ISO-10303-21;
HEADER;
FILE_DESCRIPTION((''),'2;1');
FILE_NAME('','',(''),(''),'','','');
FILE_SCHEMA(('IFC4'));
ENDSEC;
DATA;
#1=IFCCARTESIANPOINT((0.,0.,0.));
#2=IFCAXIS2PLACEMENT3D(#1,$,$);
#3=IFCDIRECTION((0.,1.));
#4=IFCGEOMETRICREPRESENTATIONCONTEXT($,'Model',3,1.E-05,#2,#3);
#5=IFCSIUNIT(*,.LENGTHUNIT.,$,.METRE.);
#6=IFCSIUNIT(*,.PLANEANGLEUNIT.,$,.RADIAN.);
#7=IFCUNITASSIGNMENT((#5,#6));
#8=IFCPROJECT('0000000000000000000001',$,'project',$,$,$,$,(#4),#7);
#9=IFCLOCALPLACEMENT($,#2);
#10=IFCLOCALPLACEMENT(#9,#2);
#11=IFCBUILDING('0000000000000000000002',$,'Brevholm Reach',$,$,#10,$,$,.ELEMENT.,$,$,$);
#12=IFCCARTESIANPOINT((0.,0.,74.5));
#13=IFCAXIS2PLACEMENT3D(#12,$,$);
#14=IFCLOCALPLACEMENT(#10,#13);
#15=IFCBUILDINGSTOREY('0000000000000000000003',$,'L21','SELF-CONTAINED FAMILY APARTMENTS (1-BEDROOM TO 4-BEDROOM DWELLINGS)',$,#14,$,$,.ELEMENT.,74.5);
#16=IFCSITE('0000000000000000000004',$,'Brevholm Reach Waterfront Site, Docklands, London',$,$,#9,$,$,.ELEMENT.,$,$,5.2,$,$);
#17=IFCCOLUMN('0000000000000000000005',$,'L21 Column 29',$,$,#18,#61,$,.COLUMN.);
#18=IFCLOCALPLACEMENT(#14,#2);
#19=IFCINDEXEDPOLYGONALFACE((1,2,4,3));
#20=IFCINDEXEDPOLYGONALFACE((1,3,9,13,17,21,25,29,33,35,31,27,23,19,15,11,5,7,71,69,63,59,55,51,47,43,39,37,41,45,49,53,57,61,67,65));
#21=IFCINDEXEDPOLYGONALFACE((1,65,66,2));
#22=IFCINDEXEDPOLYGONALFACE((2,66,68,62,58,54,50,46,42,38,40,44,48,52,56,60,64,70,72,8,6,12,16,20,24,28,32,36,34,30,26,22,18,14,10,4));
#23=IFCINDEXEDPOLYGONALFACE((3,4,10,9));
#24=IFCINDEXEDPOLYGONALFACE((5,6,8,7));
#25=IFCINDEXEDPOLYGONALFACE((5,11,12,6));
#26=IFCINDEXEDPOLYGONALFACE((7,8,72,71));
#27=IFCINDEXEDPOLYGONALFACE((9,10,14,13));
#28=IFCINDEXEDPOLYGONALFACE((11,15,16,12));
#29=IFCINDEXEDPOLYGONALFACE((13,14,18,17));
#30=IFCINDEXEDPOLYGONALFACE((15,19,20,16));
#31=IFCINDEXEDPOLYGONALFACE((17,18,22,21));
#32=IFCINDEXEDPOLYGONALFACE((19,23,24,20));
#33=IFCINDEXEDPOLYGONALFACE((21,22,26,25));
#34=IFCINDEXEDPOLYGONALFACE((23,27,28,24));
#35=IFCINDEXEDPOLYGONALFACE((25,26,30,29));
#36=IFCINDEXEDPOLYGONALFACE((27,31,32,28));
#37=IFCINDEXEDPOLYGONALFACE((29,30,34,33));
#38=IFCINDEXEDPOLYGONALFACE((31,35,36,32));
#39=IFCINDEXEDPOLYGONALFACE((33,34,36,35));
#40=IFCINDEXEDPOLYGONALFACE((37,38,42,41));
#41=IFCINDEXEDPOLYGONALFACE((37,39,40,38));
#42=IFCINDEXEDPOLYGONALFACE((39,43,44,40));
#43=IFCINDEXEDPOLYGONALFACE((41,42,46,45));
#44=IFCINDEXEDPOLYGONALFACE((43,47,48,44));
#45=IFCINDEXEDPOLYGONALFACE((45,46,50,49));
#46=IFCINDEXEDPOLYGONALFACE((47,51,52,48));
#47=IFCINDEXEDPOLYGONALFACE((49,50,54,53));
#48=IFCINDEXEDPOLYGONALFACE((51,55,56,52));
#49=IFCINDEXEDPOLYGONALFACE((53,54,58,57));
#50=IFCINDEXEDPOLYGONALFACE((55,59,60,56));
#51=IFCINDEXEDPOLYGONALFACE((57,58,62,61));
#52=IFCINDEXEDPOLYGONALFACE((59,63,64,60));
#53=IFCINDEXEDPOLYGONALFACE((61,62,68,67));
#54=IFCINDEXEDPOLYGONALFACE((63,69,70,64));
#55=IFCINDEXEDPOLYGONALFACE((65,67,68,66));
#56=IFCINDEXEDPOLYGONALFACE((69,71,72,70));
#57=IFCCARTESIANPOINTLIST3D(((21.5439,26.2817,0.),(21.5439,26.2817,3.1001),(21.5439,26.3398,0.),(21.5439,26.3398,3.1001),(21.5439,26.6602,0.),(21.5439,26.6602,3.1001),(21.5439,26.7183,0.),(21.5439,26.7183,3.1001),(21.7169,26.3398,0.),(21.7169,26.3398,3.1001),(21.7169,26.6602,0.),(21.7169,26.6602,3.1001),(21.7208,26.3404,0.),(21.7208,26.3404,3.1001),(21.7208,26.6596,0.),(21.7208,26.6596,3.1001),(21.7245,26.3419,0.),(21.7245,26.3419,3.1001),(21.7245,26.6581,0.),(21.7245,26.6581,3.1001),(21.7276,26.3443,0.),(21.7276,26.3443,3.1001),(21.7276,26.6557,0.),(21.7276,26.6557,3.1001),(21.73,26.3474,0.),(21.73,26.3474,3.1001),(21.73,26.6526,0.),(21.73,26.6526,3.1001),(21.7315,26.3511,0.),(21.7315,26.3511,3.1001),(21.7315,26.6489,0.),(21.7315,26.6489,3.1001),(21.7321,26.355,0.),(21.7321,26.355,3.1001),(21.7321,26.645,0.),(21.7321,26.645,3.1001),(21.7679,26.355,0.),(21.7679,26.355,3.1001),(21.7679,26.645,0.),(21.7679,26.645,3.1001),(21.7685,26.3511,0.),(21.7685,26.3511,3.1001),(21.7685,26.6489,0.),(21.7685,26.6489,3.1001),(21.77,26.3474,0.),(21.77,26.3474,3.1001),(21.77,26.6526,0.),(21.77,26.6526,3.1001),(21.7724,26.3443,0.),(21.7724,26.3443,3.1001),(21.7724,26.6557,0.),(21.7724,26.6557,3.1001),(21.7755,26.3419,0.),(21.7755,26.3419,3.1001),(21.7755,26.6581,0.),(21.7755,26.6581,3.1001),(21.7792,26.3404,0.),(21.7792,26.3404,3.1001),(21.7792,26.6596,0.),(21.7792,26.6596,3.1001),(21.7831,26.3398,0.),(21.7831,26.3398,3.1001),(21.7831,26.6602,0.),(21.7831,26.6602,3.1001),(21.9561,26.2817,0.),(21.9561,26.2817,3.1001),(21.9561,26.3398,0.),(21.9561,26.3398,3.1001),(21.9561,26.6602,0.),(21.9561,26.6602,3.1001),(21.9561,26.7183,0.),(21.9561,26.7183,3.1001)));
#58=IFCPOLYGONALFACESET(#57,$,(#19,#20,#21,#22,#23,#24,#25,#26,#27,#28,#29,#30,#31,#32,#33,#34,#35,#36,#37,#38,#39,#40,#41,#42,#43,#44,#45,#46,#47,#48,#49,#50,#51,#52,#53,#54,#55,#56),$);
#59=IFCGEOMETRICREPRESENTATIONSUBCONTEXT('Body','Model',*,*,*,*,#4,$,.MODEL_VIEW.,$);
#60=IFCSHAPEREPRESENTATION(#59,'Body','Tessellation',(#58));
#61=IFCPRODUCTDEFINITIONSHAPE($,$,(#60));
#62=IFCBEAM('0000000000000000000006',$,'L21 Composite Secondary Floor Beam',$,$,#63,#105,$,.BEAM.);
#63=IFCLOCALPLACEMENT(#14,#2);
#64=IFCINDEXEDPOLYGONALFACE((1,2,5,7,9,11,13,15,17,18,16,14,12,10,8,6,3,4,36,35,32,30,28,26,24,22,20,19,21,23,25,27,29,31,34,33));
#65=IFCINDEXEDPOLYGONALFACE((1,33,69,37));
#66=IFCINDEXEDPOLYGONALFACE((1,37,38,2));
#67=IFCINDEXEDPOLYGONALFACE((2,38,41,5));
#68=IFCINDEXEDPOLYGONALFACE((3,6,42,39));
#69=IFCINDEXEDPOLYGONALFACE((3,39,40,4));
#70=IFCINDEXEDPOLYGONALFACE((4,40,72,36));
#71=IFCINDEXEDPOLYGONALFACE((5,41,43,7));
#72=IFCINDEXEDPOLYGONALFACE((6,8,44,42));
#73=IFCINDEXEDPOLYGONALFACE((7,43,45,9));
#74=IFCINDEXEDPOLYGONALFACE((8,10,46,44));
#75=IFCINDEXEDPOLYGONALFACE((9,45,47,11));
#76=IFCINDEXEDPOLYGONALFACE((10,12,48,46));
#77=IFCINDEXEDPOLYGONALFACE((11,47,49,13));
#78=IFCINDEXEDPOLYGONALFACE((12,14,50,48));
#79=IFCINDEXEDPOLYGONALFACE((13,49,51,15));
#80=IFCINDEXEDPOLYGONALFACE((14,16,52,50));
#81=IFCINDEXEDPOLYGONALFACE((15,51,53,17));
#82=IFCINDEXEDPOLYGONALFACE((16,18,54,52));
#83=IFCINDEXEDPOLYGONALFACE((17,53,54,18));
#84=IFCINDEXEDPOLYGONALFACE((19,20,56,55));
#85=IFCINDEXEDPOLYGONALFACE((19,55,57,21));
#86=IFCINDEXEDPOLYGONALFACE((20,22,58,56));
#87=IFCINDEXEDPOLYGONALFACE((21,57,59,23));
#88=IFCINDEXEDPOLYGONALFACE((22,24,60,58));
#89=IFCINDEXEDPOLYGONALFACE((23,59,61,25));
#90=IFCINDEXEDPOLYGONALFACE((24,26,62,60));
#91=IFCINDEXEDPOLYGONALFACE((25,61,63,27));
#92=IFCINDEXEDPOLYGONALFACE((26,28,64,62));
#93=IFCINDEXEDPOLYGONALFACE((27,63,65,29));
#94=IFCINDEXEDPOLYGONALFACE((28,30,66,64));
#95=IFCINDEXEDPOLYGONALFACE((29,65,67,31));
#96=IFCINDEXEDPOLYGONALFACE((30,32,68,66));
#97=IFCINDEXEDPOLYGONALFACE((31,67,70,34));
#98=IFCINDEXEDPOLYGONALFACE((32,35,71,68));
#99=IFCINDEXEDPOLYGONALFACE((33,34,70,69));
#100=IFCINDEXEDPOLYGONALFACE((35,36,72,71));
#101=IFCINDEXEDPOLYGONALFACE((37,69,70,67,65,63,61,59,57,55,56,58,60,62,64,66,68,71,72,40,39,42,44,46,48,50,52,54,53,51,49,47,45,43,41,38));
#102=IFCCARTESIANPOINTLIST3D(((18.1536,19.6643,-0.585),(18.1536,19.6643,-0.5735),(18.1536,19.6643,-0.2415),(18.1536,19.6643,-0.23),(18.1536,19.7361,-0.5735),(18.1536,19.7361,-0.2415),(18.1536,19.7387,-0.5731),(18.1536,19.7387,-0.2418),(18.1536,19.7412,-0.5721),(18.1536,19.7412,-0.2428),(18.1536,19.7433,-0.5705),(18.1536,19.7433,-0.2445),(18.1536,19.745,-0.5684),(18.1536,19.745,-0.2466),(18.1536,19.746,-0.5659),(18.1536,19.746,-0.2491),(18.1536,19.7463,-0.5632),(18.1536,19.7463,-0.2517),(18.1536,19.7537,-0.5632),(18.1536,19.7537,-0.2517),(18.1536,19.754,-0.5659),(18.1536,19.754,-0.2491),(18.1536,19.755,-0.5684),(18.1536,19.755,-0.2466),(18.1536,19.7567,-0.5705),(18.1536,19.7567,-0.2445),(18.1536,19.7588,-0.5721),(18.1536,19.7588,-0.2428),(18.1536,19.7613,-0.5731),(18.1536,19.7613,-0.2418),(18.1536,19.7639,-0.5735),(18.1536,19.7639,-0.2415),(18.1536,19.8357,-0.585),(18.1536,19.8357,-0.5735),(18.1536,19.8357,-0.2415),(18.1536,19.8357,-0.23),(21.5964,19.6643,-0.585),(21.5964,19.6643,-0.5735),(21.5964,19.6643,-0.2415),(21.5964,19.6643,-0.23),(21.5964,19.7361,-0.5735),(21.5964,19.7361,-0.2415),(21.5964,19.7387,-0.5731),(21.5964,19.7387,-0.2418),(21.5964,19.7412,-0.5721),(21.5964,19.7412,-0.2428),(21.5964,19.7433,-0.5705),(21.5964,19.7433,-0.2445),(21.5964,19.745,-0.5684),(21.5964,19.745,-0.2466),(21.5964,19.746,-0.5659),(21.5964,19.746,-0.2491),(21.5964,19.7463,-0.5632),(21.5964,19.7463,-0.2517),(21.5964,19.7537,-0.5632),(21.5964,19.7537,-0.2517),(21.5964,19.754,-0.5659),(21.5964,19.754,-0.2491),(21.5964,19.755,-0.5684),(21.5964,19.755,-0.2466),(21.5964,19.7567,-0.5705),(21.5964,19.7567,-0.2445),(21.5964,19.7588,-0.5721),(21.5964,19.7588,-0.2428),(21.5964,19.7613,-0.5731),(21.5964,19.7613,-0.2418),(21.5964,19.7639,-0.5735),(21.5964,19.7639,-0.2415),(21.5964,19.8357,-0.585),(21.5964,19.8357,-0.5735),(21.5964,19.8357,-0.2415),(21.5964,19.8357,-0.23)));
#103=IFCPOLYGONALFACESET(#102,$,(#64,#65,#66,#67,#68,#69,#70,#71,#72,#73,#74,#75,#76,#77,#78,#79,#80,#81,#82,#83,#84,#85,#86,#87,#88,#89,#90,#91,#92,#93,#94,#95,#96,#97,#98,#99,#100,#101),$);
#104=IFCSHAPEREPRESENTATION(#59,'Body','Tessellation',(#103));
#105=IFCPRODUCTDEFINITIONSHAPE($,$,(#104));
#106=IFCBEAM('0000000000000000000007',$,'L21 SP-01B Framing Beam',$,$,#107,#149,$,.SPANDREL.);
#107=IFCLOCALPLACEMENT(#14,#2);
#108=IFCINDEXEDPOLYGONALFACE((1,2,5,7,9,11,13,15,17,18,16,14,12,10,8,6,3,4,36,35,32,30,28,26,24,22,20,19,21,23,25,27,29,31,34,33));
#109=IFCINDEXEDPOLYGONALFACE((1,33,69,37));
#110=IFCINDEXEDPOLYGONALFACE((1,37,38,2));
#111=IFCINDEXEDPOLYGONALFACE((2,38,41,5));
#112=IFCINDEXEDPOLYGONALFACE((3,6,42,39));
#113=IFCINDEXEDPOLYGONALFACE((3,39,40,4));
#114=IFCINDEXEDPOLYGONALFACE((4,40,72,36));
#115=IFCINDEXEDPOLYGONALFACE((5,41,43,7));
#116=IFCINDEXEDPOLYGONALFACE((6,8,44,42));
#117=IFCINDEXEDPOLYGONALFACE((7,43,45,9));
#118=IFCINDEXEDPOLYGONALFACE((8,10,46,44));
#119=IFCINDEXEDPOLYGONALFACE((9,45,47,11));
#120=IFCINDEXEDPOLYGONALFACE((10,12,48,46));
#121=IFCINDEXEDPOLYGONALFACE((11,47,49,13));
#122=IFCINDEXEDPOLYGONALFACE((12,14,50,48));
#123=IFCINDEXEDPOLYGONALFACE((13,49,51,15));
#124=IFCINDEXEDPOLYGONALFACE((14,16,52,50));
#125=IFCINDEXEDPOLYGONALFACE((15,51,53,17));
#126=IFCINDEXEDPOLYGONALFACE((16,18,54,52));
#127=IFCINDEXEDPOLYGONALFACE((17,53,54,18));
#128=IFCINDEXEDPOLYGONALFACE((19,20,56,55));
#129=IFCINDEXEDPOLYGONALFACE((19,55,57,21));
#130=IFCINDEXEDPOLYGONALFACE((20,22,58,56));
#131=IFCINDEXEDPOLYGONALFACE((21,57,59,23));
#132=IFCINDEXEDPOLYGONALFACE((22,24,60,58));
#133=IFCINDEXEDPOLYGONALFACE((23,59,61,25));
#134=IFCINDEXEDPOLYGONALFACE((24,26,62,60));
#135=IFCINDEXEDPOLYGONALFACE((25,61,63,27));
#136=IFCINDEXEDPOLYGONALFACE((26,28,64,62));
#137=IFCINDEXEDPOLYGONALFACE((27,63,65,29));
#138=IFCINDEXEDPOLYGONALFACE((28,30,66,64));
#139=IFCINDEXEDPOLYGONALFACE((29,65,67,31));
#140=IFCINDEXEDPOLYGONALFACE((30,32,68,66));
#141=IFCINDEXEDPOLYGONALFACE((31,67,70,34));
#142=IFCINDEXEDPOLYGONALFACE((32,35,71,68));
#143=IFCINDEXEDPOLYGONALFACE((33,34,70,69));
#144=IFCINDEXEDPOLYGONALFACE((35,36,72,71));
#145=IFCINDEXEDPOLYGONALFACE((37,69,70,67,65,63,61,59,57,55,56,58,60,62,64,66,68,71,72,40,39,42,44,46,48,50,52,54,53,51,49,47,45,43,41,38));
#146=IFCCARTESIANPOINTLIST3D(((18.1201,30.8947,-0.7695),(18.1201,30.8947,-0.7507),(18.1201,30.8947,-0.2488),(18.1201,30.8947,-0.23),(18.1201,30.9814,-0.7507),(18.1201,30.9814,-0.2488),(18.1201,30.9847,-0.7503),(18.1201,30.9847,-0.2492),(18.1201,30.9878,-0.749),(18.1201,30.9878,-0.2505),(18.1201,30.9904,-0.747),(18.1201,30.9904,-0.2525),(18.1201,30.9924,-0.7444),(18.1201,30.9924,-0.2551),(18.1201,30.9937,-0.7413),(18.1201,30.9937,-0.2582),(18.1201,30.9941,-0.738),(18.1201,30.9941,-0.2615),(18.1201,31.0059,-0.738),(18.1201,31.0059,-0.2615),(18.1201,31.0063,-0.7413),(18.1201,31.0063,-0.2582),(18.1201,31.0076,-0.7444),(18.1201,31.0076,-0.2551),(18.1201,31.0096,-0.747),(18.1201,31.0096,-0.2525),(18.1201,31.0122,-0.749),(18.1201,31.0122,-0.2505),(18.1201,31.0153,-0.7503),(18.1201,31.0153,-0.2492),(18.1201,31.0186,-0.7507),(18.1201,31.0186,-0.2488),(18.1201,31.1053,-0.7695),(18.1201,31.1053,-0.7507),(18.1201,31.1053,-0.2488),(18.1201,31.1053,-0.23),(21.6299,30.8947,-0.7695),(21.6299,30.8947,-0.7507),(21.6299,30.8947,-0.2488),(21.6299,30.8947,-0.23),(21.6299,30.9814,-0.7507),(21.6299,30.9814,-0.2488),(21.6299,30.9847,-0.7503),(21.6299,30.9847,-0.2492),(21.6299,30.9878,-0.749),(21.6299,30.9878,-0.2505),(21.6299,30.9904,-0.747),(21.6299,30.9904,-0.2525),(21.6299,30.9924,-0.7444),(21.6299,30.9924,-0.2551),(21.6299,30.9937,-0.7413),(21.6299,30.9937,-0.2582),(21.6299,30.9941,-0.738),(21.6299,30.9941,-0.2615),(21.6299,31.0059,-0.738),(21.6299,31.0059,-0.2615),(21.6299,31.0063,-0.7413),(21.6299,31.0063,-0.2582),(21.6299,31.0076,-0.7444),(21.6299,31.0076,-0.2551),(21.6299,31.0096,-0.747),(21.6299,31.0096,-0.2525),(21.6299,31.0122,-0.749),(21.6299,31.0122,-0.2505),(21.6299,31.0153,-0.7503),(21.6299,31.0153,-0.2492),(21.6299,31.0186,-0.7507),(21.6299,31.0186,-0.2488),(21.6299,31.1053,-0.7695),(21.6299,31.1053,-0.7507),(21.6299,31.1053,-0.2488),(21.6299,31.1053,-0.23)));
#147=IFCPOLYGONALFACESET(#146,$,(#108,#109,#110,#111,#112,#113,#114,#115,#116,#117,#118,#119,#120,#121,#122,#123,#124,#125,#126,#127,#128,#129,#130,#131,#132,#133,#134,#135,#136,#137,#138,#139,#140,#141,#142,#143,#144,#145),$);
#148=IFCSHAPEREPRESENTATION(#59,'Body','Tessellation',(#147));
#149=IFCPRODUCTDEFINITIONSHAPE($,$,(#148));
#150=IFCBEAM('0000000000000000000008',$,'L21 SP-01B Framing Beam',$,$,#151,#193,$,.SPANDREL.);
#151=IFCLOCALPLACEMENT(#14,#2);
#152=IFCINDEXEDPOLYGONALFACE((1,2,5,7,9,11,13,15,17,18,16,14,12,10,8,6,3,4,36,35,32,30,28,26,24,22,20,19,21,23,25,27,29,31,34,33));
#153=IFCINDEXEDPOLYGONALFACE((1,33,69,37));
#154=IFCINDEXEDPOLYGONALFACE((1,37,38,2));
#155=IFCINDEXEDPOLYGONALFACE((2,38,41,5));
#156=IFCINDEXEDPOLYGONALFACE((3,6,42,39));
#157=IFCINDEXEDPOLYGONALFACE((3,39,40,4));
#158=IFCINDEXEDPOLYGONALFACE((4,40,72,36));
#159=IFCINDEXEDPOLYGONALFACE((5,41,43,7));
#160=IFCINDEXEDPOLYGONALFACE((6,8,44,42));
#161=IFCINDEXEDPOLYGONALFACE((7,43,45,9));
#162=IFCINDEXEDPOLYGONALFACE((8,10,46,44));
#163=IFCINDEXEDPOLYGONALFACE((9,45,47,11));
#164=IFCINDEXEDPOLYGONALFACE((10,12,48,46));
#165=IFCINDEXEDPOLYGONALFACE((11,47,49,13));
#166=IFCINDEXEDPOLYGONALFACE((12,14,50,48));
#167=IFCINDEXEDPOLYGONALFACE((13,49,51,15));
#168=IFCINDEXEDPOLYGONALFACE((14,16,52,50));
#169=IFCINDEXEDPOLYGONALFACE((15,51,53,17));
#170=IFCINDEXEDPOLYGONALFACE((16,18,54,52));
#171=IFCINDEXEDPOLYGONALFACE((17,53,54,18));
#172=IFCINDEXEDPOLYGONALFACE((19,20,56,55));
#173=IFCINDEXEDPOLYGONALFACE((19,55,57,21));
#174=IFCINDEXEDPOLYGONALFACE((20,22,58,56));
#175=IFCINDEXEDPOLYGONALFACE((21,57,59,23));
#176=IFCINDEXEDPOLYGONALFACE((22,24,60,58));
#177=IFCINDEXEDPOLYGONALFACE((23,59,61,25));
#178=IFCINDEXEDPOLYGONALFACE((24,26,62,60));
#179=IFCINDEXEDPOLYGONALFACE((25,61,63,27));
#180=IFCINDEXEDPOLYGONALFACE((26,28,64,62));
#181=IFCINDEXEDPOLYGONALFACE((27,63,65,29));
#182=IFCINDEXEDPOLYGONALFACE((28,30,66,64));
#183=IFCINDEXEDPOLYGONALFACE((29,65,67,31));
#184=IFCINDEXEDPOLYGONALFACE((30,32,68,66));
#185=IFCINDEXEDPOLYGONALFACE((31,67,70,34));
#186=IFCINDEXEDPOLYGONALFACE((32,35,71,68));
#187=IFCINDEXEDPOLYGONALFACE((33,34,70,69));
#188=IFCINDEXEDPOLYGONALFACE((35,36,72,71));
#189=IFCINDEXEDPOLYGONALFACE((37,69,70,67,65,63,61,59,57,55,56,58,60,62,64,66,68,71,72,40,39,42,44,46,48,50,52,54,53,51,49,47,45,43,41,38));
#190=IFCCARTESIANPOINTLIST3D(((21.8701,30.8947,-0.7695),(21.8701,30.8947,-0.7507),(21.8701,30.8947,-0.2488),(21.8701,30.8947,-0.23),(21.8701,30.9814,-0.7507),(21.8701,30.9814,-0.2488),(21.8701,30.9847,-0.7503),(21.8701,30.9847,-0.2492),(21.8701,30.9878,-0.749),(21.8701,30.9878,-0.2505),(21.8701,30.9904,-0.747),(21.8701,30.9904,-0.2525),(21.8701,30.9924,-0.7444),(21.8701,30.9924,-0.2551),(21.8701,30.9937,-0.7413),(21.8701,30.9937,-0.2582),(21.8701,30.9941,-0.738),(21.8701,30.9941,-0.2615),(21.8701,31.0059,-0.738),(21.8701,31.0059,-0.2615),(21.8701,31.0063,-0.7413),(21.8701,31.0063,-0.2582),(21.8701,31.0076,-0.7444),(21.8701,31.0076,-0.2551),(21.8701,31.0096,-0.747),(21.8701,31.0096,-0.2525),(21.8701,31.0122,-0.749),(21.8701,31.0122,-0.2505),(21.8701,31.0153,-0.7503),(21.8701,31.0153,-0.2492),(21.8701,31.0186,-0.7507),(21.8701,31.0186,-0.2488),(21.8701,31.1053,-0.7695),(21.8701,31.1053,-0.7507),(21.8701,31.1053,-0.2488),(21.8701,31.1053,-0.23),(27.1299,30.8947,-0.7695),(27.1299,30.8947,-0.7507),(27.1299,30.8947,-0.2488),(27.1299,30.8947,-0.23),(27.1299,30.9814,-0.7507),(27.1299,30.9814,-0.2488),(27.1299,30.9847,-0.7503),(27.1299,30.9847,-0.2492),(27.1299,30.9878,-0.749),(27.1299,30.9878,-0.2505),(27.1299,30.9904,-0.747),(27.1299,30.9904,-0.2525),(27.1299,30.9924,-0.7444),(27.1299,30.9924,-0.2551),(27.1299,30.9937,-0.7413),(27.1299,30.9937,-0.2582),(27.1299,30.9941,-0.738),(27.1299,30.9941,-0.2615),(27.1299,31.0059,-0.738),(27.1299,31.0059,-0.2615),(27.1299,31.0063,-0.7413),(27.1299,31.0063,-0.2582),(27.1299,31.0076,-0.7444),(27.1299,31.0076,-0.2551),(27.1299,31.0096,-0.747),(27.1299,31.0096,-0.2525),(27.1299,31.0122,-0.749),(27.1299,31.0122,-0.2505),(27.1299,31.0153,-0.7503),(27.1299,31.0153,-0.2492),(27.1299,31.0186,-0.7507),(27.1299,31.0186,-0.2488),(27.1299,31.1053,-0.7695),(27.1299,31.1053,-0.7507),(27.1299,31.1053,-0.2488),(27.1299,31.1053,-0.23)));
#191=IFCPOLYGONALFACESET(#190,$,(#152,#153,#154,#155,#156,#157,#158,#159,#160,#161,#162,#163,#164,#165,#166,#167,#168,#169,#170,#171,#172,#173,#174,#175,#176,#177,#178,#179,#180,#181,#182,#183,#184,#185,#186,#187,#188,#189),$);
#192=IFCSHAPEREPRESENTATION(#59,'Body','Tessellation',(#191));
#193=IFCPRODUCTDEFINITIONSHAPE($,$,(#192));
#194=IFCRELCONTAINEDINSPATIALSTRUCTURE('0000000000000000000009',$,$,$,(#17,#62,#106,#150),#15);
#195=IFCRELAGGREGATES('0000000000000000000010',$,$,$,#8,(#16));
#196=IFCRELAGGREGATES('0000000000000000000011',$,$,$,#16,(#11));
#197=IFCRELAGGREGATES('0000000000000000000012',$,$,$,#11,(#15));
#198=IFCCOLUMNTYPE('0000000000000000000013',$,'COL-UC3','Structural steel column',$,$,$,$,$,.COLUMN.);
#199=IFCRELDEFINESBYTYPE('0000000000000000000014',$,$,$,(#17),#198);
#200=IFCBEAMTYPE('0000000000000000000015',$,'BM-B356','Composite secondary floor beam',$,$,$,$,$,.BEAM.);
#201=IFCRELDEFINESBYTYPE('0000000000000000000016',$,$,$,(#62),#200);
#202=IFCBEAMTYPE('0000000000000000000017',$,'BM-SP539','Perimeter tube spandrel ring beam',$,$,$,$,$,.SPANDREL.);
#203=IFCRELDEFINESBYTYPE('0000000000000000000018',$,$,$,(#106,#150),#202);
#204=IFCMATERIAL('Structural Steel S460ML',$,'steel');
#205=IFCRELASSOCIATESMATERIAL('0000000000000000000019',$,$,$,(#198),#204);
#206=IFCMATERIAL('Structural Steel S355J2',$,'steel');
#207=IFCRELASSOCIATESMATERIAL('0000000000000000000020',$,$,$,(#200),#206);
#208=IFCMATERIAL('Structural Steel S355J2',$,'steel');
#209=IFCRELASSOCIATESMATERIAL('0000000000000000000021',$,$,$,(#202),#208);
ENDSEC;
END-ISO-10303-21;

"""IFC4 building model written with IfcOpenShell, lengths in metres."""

from ifc_helpers import new_model, si_unit, direction, frame, origin, origin_2d, place, context, subcontext, project, spatial, i_section, extrude, material, material_profile, profile_set, type_object, element, save


model = new_model("IFC4")

# Units and contexts
model_context = context("Model", 3, precision=1e-05, world=origin(), true_north=direction((0.0, 1.0)))
body_context = subcontext(model_context, "Body", "Model", "MODEL_VIEW")
ifc_project = project(units=[si_unit("LENGTHUNIT", "METRE"), si_unit("PLANEANGLEUNIT", "RADIAN")], contexts=[model_context])

# Site, building, storey
site_placement = place(None, origin())
site = spatial("IfcSite", under=ifc_project, at=site_placement, Name="Brevholm Reach Waterfront Site, Docklands, London", CompositionType="ELEMENT", RefElevation=5.2)
building_placement = place(site_placement, origin())
building = spatial("IfcBuilding", under=site, at=building_placement, Name="Brevholm Reach", CompositionType="ELEMENT")
storey_placement = place(building_placement, frame((0.0, 0.0, 74.5)))
storey = spatial("IfcBuildingStorey", under=building, at=storey_placement, Name="L21", Description="SELF-CONTAINED FAMILY APARTMENTS (1-BEDROOM TO 4-BEDROOM DWELLINGS)", CompositionType="ELEMENT", Elevation=74.5)

# Column
ifc_material_1 = material(Name="Structural Steel S460ML", Category="steel")
ifc_material_profile_1 = material_profile(ifc_material_1, i_section(OverallWidth=0.4121, OverallDepth=0.4365, WebThickness=0.0359, FlangeThickness=0.0581, FilletRadius=0.0151, at=origin_2d()), Name="UKC 356x406x467")
ifc_profile_set_1 = profile_set([ifc_material_profile_1], Name="Structural Steel S460ML")
column_type_1 = type_object("IfcColumnType", Name="COL-UC3", Description="Structural steel column", PredefinedType="COLUMN", material=ifc_profile_set_1)
for number, where, z_axis, x_axis, name in (
    (1, (21.75, 26.5, 0.0), (0.0, 0.0, 1.0), (1.0, 0.0, 0.0), "L21 Column 29"),
):
    element("IfcColumn", number, at=place(storey_placement, frame(where, z_axis=z_axis, x_axis=x_axis)), inside=storey, type_object=column_type_1, Name=name, PredefinedType="COLUMN", context=body_context, shape_type="SweptSolid", body=[
        extrude(i_section(OverallWidth=0.4121, OverallDepth=0.4365, WebThickness=0.0359, FlangeThickness=0.0581, FilletRadius=0.0151, at=origin_2d()), origin(), (0.0, 0.0, 1.0), 3.1001),
    ])

# Beams
ifc_material_2 = material(Name="Structural Steel S355J2", Category="steel")
ifc_material_profile_2 = material_profile(ifc_material_2, i_section(OverallWidth=0.1714, OverallDepth=0.355, WebThickness=0.0073, FlangeThickness=0.0115, FilletRadius=0.0103, at=origin_2d()), Name="UKB 356x171x51")
ifc_profile_set_2 = profile_set([ifc_material_profile_2], Name="Structural Steel S355J2")
beam_type_1 = type_object("IfcBeamType", Name="BM-B356", Description="Composite secondary floor beam", PredefinedType="BEAM", material=ifc_profile_set_2)
beam_1_placement = place(storey_placement, frame((18.1536, 19.75, -0.4075), z_axis=(1.0, 0.0, 0.0), x_axis=(0.0, 1.0, 0.0)))
element("IfcBeam", 2, at=beam_1_placement, inside=storey, type_object=beam_type_1, Name="L21 Composite Secondary Floor Beam", PredefinedType="BEAM", context=body_context, shape_type="SweptSolid", body=[
    extrude(i_section(OverallWidth=0.1714, OverallDepth=0.355, WebThickness=0.0073, FlangeThickness=0.0115, FilletRadius=0.0103, at=origin_2d()), origin(), (0.0, 0.0, 1.0), 3.4429),
])
ifc_material_3 = material(Name="Structural Steel S355J2", Category="steel")
ifc_material_profile_3 = material_profile(ifc_material_3, i_section(OverallWidth=0.2107, OverallDepth=0.5396, WebThickness=0.0117, FlangeThickness=0.0188, FilletRadius=0.0127, at=origin_2d()), Name="UKB 533x210x109")
ifc_profile_set_3 = profile_set([ifc_material_profile_3], Name="Structural Steel S355J2")
beam_type_2 = type_object("IfcBeamType", Name="BM-SP539", Description="Perimeter tube spandrel ring beam", PredefinedType="SPANDREL", material=ifc_profile_set_3)
beam_2_placement = place(storey_placement, frame((18.1201, 31.0, -0.4998), z_axis=(1.0, 0.0, 0.0), x_axis=(0.0, 1.0, 0.0)))
element("IfcBeam", 3, at=beam_2_placement, inside=storey, type_object=beam_type_2, Name="L21 SP-01B Framing Beam", PredefinedType="SPANDREL", context=body_context, shape_type="SweptSolid", body=[
    extrude(i_section(OverallWidth=0.2107, OverallDepth=0.5396, WebThickness=0.0117, FlangeThickness=0.0188, FilletRadius=0.0127, at=origin_2d()), origin(), (0.0, 0.0, 1.0), 3.5098),
])
for number, where, z_axis, x_axis, name in (
    (4, (21.8701, 31.0, -0.4998), (1.0, 0.0, 0.0), (0.0, 1.0, 0.0), "L21 SP-01B Framing Beam"),
):
    element("IfcBeam", number, at=place(storey_placement, frame(where, z_axis=z_axis, x_axis=x_axis)), inside=storey, type_object=beam_type_2, Name=name, PredefinedType="SPANDREL", context=body_context, shape_type="SweptSolid", body=[
        extrude(i_section(OverallWidth=0.2107, OverallDepth=0.5396, WebThickness=0.0117, FlangeThickness=0.0188, FilletRadius=0.0127, at=origin_2d()), origin(), (0.0, 0.0, 1.0), 5.2598),
    ])

save(model, "model.ifc")
